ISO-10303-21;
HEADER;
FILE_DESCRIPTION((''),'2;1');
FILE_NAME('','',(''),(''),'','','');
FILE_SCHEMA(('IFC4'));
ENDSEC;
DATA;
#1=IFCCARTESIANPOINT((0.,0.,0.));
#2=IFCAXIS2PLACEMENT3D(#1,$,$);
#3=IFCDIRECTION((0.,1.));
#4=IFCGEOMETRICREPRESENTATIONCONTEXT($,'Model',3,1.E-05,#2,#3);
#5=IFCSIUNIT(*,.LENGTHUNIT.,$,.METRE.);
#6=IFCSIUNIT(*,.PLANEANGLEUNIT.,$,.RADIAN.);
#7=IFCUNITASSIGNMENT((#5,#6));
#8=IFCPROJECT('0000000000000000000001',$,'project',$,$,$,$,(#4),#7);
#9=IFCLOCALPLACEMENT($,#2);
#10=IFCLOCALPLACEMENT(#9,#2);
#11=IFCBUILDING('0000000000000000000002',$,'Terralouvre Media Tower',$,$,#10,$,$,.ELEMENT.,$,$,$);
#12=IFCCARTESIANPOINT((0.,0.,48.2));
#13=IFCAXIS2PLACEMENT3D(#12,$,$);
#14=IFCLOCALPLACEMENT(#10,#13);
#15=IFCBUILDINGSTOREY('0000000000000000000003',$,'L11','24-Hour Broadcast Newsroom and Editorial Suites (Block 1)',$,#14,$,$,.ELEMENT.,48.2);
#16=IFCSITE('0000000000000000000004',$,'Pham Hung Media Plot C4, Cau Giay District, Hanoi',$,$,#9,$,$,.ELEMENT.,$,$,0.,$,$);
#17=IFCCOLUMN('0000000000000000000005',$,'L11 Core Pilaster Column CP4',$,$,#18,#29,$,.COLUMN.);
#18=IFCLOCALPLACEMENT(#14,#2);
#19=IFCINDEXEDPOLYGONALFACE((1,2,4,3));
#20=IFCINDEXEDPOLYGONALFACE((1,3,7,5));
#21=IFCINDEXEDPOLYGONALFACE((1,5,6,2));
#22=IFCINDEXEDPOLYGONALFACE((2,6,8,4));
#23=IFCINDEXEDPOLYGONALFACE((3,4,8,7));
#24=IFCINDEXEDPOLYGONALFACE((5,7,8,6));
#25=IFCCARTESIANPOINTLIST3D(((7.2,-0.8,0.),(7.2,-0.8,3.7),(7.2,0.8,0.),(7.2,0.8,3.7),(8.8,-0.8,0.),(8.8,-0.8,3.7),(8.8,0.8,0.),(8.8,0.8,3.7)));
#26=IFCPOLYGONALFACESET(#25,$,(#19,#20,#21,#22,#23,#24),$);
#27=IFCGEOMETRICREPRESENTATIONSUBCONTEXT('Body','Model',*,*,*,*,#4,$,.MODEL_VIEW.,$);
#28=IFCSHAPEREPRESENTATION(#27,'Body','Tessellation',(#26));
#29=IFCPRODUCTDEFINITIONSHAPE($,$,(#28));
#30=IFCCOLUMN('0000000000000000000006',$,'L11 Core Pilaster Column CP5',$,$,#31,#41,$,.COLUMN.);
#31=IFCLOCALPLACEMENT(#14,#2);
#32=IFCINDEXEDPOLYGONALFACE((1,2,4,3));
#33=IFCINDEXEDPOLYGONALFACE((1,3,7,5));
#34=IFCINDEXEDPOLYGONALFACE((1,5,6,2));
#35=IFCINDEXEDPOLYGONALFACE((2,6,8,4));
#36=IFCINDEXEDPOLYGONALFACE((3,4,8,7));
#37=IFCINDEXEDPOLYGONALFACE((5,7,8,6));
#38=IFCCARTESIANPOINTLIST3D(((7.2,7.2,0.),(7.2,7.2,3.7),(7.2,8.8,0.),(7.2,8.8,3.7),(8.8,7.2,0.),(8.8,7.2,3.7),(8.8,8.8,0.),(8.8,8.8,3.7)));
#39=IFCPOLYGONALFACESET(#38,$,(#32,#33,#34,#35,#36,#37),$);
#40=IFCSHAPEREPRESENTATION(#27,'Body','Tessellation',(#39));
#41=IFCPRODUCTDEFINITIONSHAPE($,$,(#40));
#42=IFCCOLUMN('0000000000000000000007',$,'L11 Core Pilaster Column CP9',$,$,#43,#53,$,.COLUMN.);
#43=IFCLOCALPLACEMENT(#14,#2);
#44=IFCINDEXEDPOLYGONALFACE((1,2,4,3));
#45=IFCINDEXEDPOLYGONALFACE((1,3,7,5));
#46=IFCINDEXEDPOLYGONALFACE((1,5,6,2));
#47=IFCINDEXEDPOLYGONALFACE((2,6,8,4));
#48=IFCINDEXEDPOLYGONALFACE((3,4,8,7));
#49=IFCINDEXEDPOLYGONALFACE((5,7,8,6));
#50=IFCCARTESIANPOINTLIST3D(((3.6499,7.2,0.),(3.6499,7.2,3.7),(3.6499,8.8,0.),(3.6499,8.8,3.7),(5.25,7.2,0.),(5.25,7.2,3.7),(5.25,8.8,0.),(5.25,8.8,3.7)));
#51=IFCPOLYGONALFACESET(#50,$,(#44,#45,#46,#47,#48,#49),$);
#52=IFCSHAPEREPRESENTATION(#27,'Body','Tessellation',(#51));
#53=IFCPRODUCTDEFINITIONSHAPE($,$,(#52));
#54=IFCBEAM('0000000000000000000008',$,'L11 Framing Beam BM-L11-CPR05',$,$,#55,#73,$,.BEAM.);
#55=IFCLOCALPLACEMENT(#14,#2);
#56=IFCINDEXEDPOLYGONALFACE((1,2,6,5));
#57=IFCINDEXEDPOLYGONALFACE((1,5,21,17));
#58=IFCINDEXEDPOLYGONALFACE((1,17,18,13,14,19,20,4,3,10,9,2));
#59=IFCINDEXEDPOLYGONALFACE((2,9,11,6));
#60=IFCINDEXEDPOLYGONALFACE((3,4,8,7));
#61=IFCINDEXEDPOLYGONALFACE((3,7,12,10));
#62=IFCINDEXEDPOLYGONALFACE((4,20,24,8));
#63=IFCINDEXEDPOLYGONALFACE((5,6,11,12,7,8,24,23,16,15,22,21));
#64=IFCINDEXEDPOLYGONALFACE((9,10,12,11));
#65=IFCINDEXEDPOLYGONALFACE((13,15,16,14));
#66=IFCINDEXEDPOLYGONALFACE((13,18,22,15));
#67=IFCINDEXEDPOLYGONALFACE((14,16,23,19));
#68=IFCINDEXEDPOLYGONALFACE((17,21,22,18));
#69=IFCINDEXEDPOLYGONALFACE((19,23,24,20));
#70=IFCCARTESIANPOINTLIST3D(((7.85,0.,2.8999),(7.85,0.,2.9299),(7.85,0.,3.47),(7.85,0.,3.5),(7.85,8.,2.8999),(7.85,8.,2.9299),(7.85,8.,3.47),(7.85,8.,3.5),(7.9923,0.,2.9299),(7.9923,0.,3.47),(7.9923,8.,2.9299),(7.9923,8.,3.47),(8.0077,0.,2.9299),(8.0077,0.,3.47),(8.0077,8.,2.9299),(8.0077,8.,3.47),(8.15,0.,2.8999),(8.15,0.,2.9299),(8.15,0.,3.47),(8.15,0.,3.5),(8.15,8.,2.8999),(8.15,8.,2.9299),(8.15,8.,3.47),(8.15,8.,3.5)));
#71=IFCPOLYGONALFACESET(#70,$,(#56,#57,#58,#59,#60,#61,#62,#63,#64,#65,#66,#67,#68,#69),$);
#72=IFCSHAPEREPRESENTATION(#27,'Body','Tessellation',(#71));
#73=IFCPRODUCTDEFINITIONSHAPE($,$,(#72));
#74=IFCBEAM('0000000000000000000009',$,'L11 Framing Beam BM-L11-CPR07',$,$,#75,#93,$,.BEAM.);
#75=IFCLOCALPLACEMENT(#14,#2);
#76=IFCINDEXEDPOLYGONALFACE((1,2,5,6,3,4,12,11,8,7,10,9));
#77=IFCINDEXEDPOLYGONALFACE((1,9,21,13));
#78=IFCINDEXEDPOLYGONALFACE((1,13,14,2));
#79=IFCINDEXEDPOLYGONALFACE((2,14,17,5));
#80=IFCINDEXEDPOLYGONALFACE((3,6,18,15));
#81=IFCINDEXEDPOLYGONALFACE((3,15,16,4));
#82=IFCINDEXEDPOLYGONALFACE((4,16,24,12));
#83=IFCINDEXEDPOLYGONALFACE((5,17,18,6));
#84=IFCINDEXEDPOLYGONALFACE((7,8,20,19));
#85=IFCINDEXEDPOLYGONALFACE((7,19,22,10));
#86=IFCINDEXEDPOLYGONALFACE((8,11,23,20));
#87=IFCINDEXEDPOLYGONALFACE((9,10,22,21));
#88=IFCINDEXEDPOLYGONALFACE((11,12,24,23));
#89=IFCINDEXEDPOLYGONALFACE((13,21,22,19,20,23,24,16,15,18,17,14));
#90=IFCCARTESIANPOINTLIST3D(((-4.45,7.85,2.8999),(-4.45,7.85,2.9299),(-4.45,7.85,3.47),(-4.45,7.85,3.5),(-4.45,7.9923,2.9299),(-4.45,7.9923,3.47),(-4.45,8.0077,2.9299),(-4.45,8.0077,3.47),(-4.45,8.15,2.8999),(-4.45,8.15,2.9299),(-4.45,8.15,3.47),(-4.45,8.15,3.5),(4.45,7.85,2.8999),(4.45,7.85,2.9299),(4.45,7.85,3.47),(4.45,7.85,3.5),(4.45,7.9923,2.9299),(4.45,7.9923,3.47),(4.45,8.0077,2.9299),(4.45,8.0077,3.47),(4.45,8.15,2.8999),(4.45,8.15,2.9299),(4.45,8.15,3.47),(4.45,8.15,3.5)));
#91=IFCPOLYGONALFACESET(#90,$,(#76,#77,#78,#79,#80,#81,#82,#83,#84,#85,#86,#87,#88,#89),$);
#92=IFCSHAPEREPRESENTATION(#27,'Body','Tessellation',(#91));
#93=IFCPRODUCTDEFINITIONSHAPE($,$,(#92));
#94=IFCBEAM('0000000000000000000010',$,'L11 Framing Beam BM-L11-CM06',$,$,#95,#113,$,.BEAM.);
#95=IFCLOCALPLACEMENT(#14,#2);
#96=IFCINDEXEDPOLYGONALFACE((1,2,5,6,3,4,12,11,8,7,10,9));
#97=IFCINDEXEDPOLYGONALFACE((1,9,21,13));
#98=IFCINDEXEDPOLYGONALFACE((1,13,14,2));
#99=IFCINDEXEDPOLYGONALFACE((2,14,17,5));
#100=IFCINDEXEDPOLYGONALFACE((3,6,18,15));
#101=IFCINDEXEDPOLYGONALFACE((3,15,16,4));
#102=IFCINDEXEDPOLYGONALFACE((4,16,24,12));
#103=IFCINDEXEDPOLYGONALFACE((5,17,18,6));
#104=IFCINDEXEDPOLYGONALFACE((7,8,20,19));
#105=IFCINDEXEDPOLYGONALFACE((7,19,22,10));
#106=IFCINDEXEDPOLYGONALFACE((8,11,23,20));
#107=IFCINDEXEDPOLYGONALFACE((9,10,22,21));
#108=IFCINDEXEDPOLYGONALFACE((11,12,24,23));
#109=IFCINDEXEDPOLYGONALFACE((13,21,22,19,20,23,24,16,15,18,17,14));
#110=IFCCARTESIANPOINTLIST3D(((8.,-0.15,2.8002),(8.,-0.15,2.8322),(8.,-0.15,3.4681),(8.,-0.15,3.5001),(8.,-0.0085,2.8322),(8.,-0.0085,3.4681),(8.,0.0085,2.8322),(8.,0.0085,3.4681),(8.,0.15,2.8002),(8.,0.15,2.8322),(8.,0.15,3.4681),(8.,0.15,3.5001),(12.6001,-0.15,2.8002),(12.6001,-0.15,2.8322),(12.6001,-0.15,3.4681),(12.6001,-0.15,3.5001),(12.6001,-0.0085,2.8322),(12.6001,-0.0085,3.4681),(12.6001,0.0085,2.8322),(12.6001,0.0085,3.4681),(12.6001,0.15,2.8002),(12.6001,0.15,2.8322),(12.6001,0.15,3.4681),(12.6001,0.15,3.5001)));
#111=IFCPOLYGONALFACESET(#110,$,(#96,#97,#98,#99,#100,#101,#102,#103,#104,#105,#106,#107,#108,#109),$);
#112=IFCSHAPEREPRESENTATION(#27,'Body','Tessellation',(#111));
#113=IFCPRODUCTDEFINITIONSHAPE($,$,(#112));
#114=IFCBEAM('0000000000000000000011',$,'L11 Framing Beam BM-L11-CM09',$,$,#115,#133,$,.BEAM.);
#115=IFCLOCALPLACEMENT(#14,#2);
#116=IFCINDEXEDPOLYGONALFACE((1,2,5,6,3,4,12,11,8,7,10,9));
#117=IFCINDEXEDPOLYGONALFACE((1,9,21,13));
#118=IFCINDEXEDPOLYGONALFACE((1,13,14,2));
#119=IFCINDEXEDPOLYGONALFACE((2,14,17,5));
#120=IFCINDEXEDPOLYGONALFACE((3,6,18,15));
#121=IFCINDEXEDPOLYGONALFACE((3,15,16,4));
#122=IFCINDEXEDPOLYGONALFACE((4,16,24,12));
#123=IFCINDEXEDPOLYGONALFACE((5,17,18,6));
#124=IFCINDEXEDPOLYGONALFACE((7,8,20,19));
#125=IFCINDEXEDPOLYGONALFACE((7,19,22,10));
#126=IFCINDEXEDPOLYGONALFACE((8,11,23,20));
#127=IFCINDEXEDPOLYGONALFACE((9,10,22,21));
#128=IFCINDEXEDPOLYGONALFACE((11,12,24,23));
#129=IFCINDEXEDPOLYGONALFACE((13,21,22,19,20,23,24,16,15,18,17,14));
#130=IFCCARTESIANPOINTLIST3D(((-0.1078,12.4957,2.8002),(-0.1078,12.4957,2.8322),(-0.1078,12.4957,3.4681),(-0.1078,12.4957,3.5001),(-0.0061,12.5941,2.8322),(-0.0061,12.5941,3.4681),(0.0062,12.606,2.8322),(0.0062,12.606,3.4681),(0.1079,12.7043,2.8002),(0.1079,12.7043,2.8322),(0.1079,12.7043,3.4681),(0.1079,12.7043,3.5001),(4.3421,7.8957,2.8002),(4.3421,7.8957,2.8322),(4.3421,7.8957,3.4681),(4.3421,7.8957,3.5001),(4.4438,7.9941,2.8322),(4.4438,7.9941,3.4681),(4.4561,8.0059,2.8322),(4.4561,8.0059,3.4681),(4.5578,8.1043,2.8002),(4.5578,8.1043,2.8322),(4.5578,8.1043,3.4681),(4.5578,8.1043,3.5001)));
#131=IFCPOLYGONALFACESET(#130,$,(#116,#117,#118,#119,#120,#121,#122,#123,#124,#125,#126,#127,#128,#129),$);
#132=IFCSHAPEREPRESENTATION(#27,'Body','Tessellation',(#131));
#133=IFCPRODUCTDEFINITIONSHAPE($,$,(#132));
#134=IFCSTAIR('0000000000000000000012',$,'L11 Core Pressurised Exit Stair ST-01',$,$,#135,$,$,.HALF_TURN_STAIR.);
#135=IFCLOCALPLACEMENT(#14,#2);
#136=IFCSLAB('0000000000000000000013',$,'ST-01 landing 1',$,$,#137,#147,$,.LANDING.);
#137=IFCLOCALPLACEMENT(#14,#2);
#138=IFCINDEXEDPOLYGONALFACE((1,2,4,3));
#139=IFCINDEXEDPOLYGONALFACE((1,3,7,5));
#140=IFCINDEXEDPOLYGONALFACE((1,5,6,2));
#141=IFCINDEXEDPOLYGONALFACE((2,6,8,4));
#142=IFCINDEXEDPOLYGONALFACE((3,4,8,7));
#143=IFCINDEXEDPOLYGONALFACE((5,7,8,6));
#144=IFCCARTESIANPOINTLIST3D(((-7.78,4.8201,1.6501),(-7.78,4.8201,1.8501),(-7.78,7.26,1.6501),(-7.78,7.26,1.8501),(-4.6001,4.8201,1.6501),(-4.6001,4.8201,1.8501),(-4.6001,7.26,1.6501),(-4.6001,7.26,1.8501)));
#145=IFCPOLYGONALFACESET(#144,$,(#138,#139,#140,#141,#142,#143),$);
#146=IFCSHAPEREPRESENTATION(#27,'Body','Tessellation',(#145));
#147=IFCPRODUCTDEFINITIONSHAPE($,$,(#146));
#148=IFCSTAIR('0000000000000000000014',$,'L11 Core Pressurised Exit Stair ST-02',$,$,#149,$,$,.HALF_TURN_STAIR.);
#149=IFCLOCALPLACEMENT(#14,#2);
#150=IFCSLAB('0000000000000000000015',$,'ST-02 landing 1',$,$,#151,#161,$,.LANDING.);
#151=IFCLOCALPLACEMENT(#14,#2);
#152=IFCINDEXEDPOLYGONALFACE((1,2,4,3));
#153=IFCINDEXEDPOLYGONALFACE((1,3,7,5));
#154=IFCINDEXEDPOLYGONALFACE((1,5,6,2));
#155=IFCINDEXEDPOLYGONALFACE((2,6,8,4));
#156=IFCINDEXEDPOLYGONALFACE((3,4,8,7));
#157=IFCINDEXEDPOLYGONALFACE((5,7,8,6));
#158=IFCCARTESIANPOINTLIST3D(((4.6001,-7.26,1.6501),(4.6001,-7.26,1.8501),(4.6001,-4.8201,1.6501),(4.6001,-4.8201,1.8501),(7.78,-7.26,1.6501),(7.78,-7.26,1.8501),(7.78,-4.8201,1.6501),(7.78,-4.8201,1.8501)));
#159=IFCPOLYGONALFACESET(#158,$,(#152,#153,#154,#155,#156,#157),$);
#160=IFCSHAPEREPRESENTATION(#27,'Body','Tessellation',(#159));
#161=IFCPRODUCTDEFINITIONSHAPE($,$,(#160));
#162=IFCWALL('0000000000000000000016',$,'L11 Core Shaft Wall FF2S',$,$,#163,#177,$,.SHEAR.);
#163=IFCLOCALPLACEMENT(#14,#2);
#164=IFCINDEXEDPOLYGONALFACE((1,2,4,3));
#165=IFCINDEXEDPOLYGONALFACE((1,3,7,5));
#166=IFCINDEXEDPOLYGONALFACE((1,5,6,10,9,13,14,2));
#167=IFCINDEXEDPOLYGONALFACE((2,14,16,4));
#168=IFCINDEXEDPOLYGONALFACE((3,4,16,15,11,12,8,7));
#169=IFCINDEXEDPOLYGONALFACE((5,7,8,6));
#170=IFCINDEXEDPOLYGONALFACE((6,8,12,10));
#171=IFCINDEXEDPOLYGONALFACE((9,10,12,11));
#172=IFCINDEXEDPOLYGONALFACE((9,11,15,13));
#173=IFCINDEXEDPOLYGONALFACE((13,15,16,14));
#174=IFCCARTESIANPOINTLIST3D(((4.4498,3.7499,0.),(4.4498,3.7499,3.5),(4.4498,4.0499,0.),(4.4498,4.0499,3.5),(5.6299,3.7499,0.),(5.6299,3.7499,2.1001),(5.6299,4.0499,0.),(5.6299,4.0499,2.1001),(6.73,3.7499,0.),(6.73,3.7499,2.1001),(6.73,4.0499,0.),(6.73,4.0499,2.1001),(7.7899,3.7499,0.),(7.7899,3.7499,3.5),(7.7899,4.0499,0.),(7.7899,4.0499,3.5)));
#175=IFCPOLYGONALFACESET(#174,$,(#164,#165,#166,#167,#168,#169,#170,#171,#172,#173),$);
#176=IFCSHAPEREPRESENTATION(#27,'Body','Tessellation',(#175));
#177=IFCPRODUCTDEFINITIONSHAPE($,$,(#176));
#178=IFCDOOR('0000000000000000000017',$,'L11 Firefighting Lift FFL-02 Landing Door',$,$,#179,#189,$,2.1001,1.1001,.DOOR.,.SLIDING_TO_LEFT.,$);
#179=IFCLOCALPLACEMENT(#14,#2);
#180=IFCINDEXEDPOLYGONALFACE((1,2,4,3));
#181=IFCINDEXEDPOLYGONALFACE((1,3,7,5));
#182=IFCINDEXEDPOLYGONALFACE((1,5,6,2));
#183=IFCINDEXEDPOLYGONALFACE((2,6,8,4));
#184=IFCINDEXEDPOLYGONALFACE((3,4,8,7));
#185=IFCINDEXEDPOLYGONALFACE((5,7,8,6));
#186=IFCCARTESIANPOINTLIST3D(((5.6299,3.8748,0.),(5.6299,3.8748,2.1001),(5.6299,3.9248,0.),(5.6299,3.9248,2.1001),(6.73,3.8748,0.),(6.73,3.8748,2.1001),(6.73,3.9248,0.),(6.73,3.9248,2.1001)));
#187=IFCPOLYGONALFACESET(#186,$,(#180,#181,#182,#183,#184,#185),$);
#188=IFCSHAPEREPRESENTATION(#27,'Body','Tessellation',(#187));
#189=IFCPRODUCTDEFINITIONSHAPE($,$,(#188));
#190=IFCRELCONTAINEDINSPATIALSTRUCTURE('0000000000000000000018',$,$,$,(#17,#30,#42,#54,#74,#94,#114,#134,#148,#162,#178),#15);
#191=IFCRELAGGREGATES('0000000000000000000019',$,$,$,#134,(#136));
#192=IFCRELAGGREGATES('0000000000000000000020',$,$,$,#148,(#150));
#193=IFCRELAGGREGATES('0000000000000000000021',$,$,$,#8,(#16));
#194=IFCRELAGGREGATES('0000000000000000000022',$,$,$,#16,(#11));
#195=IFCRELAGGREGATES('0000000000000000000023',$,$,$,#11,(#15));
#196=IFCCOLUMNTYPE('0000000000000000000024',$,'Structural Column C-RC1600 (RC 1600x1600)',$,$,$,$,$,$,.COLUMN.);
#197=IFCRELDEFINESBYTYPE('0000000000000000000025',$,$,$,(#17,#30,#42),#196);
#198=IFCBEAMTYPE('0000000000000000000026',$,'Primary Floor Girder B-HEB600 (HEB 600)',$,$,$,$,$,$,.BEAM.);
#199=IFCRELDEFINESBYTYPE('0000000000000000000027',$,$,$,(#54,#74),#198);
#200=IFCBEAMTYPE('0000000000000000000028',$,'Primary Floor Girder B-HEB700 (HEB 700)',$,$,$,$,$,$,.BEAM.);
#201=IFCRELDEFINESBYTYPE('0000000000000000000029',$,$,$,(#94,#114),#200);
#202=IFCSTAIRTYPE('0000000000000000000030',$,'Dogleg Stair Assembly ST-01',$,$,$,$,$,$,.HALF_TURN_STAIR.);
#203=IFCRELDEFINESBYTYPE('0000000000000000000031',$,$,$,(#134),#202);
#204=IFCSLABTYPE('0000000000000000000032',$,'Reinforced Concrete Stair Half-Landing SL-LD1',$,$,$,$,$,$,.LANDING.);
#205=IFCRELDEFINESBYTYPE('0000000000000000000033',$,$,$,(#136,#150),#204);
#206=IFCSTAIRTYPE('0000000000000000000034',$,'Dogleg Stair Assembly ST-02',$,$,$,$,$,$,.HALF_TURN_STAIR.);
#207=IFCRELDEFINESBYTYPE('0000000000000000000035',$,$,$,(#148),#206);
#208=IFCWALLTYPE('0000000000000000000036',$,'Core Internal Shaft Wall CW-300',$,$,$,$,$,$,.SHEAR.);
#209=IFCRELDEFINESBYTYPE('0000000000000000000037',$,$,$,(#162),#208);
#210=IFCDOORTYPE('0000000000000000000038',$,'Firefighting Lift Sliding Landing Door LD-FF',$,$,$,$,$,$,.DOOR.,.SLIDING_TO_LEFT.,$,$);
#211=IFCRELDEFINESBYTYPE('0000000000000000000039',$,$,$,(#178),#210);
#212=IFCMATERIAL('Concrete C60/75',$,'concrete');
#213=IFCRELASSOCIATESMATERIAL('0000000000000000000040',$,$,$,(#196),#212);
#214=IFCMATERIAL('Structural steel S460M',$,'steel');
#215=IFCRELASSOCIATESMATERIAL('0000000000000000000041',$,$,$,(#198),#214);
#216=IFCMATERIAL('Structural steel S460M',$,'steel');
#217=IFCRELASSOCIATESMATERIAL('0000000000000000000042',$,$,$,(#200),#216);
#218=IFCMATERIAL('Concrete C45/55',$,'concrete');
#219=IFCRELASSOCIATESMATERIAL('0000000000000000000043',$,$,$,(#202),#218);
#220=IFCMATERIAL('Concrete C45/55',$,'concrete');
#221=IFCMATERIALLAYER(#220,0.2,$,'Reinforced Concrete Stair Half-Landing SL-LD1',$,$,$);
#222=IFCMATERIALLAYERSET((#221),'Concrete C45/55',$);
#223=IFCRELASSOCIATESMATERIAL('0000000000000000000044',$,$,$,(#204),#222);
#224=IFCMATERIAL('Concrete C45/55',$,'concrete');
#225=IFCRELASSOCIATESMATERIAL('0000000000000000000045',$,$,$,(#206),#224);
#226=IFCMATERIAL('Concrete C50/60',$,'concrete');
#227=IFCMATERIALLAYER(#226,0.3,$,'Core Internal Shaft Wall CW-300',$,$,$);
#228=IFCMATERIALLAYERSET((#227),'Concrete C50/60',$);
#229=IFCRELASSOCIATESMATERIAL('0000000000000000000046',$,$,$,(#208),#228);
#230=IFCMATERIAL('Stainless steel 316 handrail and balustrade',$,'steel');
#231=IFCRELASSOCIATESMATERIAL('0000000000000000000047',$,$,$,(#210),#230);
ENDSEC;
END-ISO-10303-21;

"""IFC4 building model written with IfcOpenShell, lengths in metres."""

from ifc_helpers import new_model, si_unit, direction, frame, frame_2d, origin, origin_2d, place, context, subcontext, project, spatial, polyline, rectangle, i_section, outline, extrude, material, layer, layer_set, material_profile, profile_set, type_object, element, fill, aggregate, save


model = new_model("IFC4")

# Units and contexts
model_context = context("Model", 3, precision=1e-05, world=origin(), true_north=direction((0.0, 1.0)))
body_context = subcontext(model_context, "Body", "Model", "MODEL_VIEW")
ifc_project = project(units=[si_unit("LENGTHUNIT", "METRE"), si_unit("PLANEANGLEUNIT", "RADIAN")], contexts=[model_context])

# Site, building, storey
site_placement = place(None, origin())
site = spatial("IfcSite", under=ifc_project, at=site_placement, Name="Pham Hung Media Plot C4, Cau Giay District, Hanoi", CompositionType="ELEMENT", RefElevation=0.0)
building_placement = place(site_placement, origin())
building = spatial("IfcBuilding", under=site, at=building_placement, Name="Terralouvre Media Tower", CompositionType="ELEMENT")
storey_placement = place(building_placement, frame((0.0, 0.0, 48.2)))
storey = spatial("IfcBuildingStorey", under=building, at=storey_placement, Name="L11", Description="24-Hour Broadcast Newsroom and Editorial Suites (Block 1)", CompositionType="ELEMENT", Elevation=48.2)

# Columns
ifc_material_1 = material(Name="Concrete C60/75", Category="concrete")
ifc_material_profile_1 = material_profile(ifc_material_1, rectangle(XDim=1.6001, YDim=1.6001, at=origin_2d()), Name="RC 1600x1600")
ifc_profile_set_1 = profile_set([ifc_material_profile_1], Name="Concrete C60/75")
column_type = type_object("IfcColumnType", Name="Structural Column C-RC1600 (RC 1600x1600)", PredefinedType="COLUMN", material=ifc_profile_set_1)
for number, where, z_axis, x_axis, name in (
    (1, (8.0, 0.0, 0.0), (0.0, 0.0, 1.0), (1.0, 0.0, 0.0), "L11 Core Pilaster Column CP4"),
    (2, (8.0, 8.0, 0.0), (0.0, 0.0, 1.0), (1.0, 0.0, 0.0), "L11 Core Pilaster Column CP5"),
    (3, (4.45, 8.0, 0.0), (0.0, 0.0, 1.0), (1.0, 0.0, 0.0), "L11 Core Pilaster Column CP9"),
):
    element("IfcColumn", number, at=place(storey_placement, frame(where, z_axis=z_axis, x_axis=x_axis)), inside=storey, type_object=column_type, Name=name, PredefinedType="COLUMN", context=body_context, shape_type="SweptSolid", body=[
        extrude(rectangle(XDim=1.6001, YDim=1.6001, at=origin_2d()), origin(), (0.0, 0.0, 1.0), 3.7),
    ])

# Beams
ifc_material_2 = material(Name="Structural steel S460M", Category="steel")
ifc_material_profile_2 = material_profile(ifc_material_2, i_section(OverallWidth=0.3, OverallDepth=0.6001, WebThickness=0.0154, FlangeThickness=0.03, at=origin_2d()), Name="HEB 600")
ifc_profile_set_2 = profile_set([ifc_material_profile_2], Name="Structural steel S460M")
beam_type_1 = type_object("IfcBeamType", Name="Primary Floor Girder B-HEB600 (HEB 600)", PredefinedType="BEAM", material=ifc_profile_set_2)
beam_1_placement = place(storey_placement, frame((8.0, 0.0, 3.2), z_axis=(0.0, 1.0, 0.0), x_axis=(-1.0, 0.0, 0.0)))
element("IfcBeam", 4, at=beam_1_placement, inside=storey, type_object=beam_type_1, Name="L11 Framing Beam BM-L11-CPR05", PredefinedType="BEAM", context=body_context, shape_type="SweptSolid", body=[
    extrude(i_section(OverallWidth=0.3, OverallDepth=0.6001, WebThickness=0.0154, FlangeThickness=0.03, at=origin_2d()), origin(), (0.0, 0.0, 1.0), 8.0),
])
beam_2_placement = place(storey_placement, frame((4.45, 8.0, 3.2), z_axis=(-1.0, 0.0, 0.0), x_axis=(0.0, -1.0, 0.0)))
element("IfcBeam", 5, at=beam_2_placement, inside=storey, type_object=beam_type_1, Name="L11 Framing Beam BM-L11-CPR07", PredefinedType="BEAM", context=body_context, shape_type="SweptSolid", body=[
    extrude(i_section(OverallWidth=0.3, OverallDepth=0.6001, WebThickness=0.0154, FlangeThickness=0.03, at=origin_2d()), origin(), (0.0, 0.0, 1.0), 8.8999),
])
ifc_material_3 = material(Name="Structural steel S460M", Category="steel")
ifc_material_profile_3 = material_profile(ifc_material_3, i_section(OverallWidth=0.3, OverallDepth=0.7, WebThickness=0.0171, FlangeThickness=0.032, at=origin_2d()), Name="HEB 700")
ifc_profile_set_3 = profile_set([ifc_material_profile_3], Name="Structural steel S460M")
beam_type_2 = type_object("IfcBeamType", Name="Primary Floor Girder B-HEB700 (HEB 700)", PredefinedType="BEAM", material=ifc_profile_set_3)
beam_3_placement = place(storey_placement, frame((8.0, 0.0, 3.1501), z_axis=(1.0, 0.0, 0.0), x_axis=(0.0, 1.0, 0.0)))
element("IfcBeam", 6, at=beam_3_placement, inside=storey, type_object=beam_type_2, Name="L11 Framing Beam BM-L11-CM06", PredefinedType="BEAM", context=body_context, shape_type="SweptSolid", body=[
    extrude(i_section(OverallWidth=0.3, OverallDepth=0.7, WebThickness=0.0171, FlangeThickness=0.032, at=origin_2d()), origin(), (0.0, 0.0, 1.0), 4.6001),
])
beam_4_placement = place(storey_placement, frame((4.45, 8.0, 3.1501), z_axis=(-0.69528, 0.718739, 0.0), x_axis=(-0.718739, -0.69528, 0.0)))
element("IfcBeam", 7, at=beam_4_placement, inside=storey, type_object=beam_type_2, Name="L11 Framing Beam BM-L11-CM09", PredefinedType="BEAM", context=body_context, shape_type="SweptSolid", body=[
    extrude(i_section(OverallWidth=0.3, OverallDepth=0.7, WebThickness=0.0171, FlangeThickness=0.032, at=origin_2d()), origin(), (0.0, 0.0, 1.0), 6.4001),
])

# Stairs, slabs
ifc_material_4 = material(Name="Concrete C45/55", Category="concrete")
stair_type_1 = type_object("IfcStairType", Name="Dogleg Stair Assembly ST-01", PredefinedType="HALF_TURN_STAIR", material=ifc_material_4)
stair_1_placement = place(storey_placement, origin())
stair_1 = element("IfcStair", 8, at=stair_1_placement, inside=storey, type_object=stair_type_1, Name="L11 Core Pressurised Exit Stair ST-01", PredefinedType="HALF_TURN_STAIR")
ifc_material_5 = material(Name="Concrete C45/55", Category="concrete")
ifc_layer_1 = layer(ifc_material_5, 0.2, Name="Reinforced Concrete Stair Half-Landing SL-LD1")
ifc_layer_set_1 = layer_set([ifc_layer_1], Name="Concrete C45/55")
slab_type = type_object("IfcSlabType", Name="Reinforced Concrete Stair Half-Landing SL-LD1", PredefinedType="LANDING", material=ifc_layer_set_1)
slab_1_placement = place(storey_placement, frame((0.0, 0.0, 1.6501)))
slab_1 = element("IfcSlab", 9, at=slab_1_placement, type_object=slab_type, Name="ST-01 landing 1", PredefinedType="LANDING", context=body_context, shape_type="SweptSolid", body=[
    extrude(outline(polyline([(-4.6001, 4.8201), (-4.6001, 7.26), (-7.78, 7.26), (-7.78, 4.8201), (-4.6001, 4.8201)])), origin(), (0.0, 0.0, 1.0), 0.2),
])
aggregate(stair_1, [slab_1])
ifc_material_6 = material(Name="Concrete C45/55", Category="concrete")
stair_type_2 = type_object("IfcStairType", Name="Dogleg Stair Assembly ST-02", PredefinedType="HALF_TURN_STAIR", material=ifc_material_6)
stair_2_placement = place(storey_placement, origin())
stair_2 = element("IfcStair", 10, at=stair_2_placement, inside=storey, type_object=stair_type_2, Name="L11 Core Pressurised Exit Stair ST-02", PredefinedType="HALF_TURN_STAIR")
slab_2_placement = place(storey_placement, frame((0.0, 0.0, 1.6501)))
slab_2 = element("IfcSlab", 11, at=slab_2_placement, type_object=slab_type, Name="ST-02 landing 1", PredefinedType="LANDING", context=body_context, shape_type="SweptSolid", body=[
    extrude(outline(polyline([(4.6001, -4.8201), (4.6001, -7.26), (7.78, -7.26), (7.78, -4.8201), (4.6001, -4.8201)])), origin(), (0.0, 0.0, 1.0), 0.2),
])
aggregate(stair_2, [slab_2])

# Wall, opening, door
ifc_material_7 = material(Name="Concrete C50/60", Category="concrete")
ifc_layer_2 = layer(ifc_material_7, 0.3, Name="Core Internal Shaft Wall CW-300")
ifc_layer_set_2 = layer_set([ifc_layer_2], Name="Concrete C50/60")
wall_type = type_object("IfcWallType", Name="Core Internal Shaft Wall CW-300", PredefinedType="SHEAR", material=ifc_layer_set_2)
wall_1_placement = place(storey_placement, frame((4.45, 3.8999, 0.0), z_axis=(0.0, 0.0, 1.0), x_axis=(1.0, 0.0, 0.0)))
wall_1 = element("IfcWall", 12, at=wall_1_placement, inside=storey, type_object=wall_type, Name="L11 Core Shaft Wall FF2S", PredefinedType="SHEAR", context=body_context, shape_type="SweptSolid", body=[
    extrude(rectangle(XDim=3.3401, YDim=0.3, at=frame_2d((1.6699, 0.0))), origin(), (0.0, 0.0, 1.0), 3.5),
])
opening_1_placement = place(wall_1_placement, frame((1.1799, 0.0, 0.0)))
opening_1 = element("IfcOpeningElement", 13, at=opening_1_placement, cuts=wall_1, PredefinedType="OPENING", context=body_context, shape_type="SweptSolid", body=[
    extrude(rectangle(XDim=1.1001, YDim=2.1001, at=frame_2d((0.55, 1.05))), frame((0.0, 0.1599, 0.0), z_axis=(0.0, -1.0, 0.0), x_axis=(1.0, 0.0, 0.0)), (0.0, 0.0, 1.0), 0.3201),
])
ifc_material_8 = material(Name="Stainless steel 316 handrail and balustrade", Category="steel")
door_type_1 = type_object("IfcDoorType", Name="Firefighting Lift Sliding Landing Door LD-FF", OperationType="SLIDING_TO_LEFT", PredefinedType="DOOR", material=ifc_material_8)
door_1_placement = place(opening_1_placement, origin())
door_1 = element("IfcDoor", 14, at=door_1_placement, inside=storey, type_object=door_type_1, Name="L11 Firefighting Lift FFL-02 Landing Door", OperationType="SLIDING_TO_LEFT", OverallHeight=2.1001, OverallWidth=1.1001, PredefinedType="DOOR", context=body_context, shape_type="SweptSolid", body=[
    extrude(rectangle(XDim=1.1001, YDim=2.1001, at=frame_2d((0.55, 1.05))), frame((0.0, 0.0249, 0.0), z_axis=(0.0, -1.0, 0.0), x_axis=(1.0, 0.0, 0.0)), (0.0, 0.0, 1.0), 0.05),
])
fill(opening_1, door_1)

save(model, "model.ifc")
